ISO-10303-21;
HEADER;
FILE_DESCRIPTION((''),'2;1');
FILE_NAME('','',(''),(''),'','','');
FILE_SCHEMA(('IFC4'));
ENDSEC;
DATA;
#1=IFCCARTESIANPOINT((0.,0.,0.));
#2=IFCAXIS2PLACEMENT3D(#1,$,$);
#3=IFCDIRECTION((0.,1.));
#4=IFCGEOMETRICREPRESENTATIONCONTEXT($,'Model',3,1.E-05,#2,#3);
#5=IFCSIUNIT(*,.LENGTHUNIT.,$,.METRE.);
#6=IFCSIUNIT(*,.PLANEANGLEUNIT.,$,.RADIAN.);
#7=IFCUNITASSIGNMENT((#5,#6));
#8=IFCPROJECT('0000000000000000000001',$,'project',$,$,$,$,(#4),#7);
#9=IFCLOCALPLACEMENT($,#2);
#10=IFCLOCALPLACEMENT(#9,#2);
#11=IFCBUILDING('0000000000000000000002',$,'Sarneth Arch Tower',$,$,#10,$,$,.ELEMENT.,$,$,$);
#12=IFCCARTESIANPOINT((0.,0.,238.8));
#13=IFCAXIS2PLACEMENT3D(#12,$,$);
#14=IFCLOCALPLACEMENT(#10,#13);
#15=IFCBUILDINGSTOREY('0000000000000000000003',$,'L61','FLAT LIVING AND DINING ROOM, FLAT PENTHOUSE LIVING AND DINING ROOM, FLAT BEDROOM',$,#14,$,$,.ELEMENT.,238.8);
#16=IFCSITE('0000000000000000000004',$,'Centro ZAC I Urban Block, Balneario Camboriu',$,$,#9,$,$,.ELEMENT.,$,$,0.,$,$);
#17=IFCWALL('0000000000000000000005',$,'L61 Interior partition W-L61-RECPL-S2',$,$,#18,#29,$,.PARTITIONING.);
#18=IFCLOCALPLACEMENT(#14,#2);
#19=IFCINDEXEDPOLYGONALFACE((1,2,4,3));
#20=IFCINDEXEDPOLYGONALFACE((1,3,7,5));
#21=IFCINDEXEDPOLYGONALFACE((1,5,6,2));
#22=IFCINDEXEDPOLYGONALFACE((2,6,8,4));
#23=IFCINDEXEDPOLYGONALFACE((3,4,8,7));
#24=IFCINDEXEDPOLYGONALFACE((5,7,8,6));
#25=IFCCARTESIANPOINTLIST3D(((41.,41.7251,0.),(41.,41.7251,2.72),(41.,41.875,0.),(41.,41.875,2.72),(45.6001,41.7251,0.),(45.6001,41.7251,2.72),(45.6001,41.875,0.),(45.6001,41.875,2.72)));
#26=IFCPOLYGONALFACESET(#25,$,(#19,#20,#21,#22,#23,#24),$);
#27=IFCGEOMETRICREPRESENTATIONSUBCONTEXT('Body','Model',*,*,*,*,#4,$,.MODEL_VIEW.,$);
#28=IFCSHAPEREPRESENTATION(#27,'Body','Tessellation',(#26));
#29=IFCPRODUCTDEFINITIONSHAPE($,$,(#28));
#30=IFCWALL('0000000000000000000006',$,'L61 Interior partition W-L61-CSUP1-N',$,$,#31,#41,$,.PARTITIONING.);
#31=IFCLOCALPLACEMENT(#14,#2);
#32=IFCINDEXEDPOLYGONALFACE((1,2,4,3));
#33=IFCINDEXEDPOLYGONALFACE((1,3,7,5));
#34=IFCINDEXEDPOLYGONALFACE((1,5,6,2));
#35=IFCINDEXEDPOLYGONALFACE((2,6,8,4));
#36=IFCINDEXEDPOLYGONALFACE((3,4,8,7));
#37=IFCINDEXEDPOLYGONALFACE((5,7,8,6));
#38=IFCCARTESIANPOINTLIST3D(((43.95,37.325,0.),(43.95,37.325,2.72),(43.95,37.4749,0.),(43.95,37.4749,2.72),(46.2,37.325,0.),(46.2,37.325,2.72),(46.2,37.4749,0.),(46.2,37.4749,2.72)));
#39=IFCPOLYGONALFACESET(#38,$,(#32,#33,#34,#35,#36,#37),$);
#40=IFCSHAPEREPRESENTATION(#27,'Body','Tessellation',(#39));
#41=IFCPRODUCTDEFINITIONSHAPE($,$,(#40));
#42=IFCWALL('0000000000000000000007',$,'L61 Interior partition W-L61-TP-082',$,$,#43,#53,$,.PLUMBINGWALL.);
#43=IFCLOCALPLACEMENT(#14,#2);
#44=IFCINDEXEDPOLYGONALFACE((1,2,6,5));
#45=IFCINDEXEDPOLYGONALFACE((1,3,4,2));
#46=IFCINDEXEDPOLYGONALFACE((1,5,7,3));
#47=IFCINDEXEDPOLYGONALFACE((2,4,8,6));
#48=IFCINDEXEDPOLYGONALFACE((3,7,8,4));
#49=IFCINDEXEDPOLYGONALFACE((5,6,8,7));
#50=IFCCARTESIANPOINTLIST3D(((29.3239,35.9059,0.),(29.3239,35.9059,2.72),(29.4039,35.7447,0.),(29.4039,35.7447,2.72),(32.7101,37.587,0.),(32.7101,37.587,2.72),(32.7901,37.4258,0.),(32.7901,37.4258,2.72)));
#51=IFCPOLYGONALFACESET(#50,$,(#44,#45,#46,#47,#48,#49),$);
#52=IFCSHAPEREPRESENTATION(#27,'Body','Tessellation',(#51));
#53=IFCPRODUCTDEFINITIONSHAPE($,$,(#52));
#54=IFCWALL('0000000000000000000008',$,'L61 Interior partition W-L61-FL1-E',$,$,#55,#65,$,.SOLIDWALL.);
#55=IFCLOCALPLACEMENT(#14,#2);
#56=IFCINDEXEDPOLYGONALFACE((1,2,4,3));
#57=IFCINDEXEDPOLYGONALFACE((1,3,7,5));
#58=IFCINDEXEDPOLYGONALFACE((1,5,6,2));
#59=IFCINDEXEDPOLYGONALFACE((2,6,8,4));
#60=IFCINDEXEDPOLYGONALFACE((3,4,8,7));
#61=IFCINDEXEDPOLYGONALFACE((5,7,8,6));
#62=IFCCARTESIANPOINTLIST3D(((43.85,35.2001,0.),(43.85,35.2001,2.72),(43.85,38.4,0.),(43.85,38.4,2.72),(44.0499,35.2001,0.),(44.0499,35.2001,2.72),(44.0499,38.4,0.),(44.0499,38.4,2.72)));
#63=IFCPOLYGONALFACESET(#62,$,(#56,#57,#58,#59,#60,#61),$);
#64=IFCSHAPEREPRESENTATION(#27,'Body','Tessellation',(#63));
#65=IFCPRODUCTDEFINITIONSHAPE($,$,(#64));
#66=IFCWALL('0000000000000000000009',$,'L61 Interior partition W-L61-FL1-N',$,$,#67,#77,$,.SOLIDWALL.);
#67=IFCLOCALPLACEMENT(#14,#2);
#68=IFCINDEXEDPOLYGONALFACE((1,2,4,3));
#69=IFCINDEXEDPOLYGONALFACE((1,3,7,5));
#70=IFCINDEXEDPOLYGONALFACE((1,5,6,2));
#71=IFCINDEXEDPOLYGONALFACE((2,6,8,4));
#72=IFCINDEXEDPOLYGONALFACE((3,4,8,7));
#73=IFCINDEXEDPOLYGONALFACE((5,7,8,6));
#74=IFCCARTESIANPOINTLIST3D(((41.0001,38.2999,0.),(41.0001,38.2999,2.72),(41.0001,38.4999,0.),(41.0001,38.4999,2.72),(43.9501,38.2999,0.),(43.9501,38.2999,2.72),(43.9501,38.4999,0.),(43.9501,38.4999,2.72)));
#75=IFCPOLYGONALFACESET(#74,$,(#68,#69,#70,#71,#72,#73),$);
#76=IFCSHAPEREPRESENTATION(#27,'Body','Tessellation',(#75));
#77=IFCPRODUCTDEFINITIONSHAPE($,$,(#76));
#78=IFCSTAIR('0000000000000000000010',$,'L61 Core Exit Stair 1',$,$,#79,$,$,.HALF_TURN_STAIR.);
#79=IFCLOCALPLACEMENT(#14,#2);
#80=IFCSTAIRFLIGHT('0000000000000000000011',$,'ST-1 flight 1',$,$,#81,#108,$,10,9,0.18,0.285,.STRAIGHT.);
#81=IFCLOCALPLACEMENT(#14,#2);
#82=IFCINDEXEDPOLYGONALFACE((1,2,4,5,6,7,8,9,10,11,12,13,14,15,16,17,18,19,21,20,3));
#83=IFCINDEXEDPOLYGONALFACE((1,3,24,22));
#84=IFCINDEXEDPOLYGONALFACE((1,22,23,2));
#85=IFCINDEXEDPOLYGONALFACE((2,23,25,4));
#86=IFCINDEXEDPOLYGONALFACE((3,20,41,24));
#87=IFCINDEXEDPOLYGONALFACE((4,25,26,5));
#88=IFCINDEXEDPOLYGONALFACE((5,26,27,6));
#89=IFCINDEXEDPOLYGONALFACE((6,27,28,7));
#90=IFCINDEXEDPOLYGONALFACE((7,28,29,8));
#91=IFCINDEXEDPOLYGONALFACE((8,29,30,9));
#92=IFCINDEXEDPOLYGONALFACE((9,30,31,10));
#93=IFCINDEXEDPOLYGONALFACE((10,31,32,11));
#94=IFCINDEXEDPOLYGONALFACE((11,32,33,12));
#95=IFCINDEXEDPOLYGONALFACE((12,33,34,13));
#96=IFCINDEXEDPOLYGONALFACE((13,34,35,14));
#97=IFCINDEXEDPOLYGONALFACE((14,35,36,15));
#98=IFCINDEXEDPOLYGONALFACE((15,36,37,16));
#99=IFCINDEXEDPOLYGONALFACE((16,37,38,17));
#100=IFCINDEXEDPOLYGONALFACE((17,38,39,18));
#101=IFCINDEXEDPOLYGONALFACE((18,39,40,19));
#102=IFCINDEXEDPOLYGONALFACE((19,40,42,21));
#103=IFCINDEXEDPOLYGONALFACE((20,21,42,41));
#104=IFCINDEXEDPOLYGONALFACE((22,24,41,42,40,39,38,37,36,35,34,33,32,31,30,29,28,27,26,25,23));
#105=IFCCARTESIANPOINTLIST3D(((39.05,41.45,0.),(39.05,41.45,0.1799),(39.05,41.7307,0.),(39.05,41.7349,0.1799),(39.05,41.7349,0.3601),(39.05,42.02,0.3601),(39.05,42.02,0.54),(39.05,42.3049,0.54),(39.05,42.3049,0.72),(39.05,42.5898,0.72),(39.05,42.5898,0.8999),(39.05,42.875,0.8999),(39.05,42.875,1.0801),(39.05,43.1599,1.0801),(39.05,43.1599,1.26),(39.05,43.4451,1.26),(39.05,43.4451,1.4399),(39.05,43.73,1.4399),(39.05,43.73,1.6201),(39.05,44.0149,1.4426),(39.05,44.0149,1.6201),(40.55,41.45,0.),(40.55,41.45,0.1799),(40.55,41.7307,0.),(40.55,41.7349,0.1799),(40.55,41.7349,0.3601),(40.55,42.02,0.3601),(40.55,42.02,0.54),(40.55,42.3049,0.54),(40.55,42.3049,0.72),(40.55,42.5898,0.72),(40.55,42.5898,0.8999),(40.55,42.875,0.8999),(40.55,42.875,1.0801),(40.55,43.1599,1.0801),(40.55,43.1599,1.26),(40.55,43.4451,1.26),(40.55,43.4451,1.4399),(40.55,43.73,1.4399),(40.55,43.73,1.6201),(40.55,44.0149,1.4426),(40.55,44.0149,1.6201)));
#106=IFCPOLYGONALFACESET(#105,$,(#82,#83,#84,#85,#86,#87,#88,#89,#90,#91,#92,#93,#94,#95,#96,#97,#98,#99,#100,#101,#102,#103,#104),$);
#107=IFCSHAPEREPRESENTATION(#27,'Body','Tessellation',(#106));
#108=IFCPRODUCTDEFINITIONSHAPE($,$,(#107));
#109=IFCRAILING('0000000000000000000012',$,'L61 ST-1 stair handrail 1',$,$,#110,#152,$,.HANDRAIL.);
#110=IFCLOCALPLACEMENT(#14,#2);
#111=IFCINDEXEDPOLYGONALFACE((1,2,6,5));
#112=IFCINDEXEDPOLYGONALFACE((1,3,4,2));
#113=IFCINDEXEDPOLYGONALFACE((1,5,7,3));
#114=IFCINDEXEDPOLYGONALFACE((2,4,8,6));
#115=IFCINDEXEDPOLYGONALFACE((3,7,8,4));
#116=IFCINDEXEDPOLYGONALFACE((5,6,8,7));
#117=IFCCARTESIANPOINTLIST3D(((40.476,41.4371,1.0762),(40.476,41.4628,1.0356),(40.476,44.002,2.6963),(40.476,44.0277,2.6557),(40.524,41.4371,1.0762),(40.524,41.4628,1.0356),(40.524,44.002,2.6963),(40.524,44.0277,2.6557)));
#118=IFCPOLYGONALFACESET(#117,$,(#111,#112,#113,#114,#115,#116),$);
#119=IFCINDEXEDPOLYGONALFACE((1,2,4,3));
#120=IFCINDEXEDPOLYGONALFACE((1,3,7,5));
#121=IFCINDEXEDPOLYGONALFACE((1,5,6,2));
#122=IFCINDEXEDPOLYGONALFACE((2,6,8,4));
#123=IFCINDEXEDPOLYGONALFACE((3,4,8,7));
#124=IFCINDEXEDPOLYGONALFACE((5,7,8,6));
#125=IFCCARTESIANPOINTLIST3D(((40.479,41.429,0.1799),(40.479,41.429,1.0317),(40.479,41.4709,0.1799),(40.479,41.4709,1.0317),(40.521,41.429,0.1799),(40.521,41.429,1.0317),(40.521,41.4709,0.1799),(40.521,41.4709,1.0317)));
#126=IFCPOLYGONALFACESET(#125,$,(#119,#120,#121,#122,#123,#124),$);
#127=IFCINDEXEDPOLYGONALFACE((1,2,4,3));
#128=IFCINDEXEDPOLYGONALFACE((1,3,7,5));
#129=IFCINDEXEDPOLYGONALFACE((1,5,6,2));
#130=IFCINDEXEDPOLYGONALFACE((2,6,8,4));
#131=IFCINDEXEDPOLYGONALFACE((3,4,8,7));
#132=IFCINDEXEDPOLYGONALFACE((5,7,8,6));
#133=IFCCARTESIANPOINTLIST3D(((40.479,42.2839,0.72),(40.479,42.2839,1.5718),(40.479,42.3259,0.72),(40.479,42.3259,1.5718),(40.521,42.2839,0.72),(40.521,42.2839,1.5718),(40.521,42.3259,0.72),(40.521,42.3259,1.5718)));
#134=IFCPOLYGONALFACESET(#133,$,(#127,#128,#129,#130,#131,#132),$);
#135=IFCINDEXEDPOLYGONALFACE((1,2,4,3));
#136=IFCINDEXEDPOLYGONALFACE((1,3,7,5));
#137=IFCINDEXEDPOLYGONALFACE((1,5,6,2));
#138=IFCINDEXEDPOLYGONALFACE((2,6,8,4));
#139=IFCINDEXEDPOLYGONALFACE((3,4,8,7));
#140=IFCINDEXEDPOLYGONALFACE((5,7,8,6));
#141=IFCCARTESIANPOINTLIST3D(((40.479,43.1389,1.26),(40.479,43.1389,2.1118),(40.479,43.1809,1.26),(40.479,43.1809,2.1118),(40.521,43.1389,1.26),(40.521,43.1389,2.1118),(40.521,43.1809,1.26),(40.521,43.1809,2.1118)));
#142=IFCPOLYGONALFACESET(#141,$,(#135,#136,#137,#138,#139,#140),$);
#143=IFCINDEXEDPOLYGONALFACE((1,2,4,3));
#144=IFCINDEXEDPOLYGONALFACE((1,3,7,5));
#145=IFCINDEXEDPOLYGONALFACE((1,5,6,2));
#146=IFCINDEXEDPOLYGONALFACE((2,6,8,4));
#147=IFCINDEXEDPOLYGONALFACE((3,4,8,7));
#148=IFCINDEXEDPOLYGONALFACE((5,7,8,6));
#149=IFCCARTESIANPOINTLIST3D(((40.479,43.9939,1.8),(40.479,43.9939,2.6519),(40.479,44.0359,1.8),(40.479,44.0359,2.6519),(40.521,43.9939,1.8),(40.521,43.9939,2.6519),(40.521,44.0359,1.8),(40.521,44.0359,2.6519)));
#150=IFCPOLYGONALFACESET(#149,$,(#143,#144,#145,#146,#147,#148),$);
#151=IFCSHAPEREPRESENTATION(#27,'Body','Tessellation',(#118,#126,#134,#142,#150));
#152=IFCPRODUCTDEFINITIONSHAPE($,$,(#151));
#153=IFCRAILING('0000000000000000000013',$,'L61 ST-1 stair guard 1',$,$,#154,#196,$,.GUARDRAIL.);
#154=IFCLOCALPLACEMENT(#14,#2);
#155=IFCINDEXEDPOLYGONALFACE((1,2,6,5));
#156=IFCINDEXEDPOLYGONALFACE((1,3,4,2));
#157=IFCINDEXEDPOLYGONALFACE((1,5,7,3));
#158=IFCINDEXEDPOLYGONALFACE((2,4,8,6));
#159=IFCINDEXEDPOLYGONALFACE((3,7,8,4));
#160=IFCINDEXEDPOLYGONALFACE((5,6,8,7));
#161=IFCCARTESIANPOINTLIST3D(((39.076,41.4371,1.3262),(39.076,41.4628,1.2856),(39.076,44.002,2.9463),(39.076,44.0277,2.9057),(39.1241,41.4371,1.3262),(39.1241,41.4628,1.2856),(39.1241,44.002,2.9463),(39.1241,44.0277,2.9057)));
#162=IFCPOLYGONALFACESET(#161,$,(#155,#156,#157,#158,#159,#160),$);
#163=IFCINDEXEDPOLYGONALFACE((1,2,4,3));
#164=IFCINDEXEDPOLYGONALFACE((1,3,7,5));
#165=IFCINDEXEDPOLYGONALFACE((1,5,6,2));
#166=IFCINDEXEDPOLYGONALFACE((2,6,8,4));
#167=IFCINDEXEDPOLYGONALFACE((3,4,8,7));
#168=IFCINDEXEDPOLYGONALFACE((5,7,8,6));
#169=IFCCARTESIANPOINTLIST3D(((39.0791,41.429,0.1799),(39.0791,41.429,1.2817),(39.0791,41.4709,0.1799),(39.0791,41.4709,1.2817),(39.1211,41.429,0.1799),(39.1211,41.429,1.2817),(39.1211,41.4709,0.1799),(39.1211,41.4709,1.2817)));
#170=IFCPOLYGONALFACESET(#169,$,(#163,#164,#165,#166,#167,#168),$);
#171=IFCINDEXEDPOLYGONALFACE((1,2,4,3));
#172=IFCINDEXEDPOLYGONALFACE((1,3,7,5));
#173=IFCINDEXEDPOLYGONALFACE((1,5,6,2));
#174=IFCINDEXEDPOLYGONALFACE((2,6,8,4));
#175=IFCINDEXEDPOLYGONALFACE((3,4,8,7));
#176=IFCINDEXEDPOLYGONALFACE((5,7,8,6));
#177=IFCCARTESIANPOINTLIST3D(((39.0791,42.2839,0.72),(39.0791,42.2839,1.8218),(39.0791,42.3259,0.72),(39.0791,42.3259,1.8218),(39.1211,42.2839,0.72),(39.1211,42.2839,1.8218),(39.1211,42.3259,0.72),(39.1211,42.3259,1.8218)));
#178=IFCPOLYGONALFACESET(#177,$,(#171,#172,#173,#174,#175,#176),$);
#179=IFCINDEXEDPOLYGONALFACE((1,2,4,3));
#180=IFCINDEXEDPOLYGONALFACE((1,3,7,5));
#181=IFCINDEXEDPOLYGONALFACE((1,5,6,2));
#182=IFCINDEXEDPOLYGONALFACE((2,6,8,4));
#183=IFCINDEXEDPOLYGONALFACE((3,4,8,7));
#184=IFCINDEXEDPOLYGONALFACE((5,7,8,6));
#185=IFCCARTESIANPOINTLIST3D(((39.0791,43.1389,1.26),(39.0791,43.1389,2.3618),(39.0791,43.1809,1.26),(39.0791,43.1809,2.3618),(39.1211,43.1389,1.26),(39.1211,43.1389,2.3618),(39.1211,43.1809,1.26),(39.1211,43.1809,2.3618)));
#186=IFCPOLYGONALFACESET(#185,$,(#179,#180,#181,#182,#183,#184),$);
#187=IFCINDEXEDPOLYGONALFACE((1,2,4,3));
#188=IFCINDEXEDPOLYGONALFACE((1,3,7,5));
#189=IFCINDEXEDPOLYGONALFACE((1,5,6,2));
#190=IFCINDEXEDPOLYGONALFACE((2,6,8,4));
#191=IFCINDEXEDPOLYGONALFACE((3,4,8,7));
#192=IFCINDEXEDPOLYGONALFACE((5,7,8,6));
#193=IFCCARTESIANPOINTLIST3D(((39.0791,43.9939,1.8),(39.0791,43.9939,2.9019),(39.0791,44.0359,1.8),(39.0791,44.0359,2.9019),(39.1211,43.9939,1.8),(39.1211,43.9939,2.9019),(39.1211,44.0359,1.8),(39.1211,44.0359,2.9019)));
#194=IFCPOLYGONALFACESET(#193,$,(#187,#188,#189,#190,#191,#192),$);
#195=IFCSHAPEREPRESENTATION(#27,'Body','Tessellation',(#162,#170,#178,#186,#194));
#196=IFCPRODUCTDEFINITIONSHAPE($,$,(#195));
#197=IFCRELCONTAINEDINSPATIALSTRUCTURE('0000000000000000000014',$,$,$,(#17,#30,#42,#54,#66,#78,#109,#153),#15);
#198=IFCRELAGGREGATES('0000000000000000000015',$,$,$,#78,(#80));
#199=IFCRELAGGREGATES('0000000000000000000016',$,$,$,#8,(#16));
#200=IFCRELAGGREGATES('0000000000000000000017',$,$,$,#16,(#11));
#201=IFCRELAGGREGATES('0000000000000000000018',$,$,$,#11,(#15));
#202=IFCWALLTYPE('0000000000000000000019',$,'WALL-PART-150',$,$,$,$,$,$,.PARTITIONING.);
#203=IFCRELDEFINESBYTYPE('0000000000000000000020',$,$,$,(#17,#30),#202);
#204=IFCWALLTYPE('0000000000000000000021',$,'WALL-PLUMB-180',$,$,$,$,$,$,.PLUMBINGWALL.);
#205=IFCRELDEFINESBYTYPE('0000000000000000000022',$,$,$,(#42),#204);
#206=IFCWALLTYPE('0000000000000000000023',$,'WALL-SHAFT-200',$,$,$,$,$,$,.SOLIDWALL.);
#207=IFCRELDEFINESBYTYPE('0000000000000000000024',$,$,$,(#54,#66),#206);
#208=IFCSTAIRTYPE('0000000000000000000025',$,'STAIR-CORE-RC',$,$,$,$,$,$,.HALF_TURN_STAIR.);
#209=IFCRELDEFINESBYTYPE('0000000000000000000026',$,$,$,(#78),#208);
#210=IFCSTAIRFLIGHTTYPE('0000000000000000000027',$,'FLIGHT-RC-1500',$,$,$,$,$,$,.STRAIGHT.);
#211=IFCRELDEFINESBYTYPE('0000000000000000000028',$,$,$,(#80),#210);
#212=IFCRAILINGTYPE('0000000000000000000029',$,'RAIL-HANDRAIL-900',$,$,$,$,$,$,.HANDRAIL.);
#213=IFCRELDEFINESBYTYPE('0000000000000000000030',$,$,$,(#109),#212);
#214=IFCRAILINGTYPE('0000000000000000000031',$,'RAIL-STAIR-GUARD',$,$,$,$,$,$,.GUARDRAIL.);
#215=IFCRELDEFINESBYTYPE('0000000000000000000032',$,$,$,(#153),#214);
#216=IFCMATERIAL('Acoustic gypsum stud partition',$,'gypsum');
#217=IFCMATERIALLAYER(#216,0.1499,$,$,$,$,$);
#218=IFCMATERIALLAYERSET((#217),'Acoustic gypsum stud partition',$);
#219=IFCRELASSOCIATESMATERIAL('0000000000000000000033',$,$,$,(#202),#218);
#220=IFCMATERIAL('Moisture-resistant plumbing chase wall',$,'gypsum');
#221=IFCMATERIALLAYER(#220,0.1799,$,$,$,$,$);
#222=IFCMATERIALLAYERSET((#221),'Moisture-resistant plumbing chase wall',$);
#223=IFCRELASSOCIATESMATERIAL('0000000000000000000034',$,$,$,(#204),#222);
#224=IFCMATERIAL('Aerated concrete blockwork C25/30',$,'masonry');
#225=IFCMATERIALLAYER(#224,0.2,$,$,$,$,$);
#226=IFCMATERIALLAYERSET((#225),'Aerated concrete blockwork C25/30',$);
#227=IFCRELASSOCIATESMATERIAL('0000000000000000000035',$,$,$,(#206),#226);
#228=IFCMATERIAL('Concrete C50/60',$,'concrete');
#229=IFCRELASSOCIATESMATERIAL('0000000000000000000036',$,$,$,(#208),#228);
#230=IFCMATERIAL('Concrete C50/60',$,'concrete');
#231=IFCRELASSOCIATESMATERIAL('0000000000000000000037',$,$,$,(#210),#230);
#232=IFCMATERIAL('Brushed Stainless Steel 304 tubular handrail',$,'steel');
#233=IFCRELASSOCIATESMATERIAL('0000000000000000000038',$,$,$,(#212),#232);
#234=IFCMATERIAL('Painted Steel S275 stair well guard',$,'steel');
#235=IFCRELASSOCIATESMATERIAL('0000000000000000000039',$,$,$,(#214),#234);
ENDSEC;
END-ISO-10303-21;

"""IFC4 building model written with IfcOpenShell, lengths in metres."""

from ifc_helpers import new_model, si_unit, direction, frame, frame_2d, origin, origin_2d, place, context, subcontext, project, spatial, polyline, rectangle, outline, extrude, material, layer, layer_set, type_object, element, aggregate, save


model = new_model("IFC4")

# Units and contexts
model_context = context("Model", 3, precision=1e-05, world=origin(), true_north=direction((0.0, 1.0)))
body_context = subcontext(model_context, "Body", "Model", "MODEL_VIEW")
ifc_project = project(units=[si_unit("LENGTHUNIT", "METRE"), si_unit("PLANEANGLEUNIT", "RADIAN")], contexts=[model_context])

# Site, building, storey
site_placement = place(None, origin())
site = spatial("IfcSite", under=ifc_project, at=site_placement, Name="Centro ZAC I Urban Block, Balneario Camboriu", CompositionType="ELEMENT", RefElevation=0.0)
building_placement = place(site_placement, origin())
building = spatial("IfcBuilding", under=site, at=building_placement, Name="Sarneth Arch Tower", CompositionType="ELEMENT")
storey_placement = place(building_placement, frame((0.0, 0.0, 238.8)))
storey = spatial("IfcBuildingStorey", under=building, at=storey_placement, Name="L61", Description="FLAT LIVING AND DINING ROOM, FLAT PENTHOUSE LIVING AND DINING ROOM, FLAT BEDROOM", CompositionType="ELEMENT", Elevation=238.8)

# Shared definitions
ifc_material_1 = material(Name="Acoustic gypsum stud partition", Category="gypsum")
ifc_layer_1 = layer(ifc_material_1, 0.1499)
ifc_layer_set_1 = layer_set([ifc_layer_1], Name="Acoustic gypsum stud partition")
wall_type_1 = type_object("IfcWallType", Name="WALL-PART-150", PredefinedType="PARTITIONING", material=ifc_layer_set_1)

# Walls
wall_1_placement = place(storey_placement, frame((41.0, 41.8, 0.0), z_axis=(0.0, 0.0, 1.0), x_axis=(1.0, 0.0, 0.0)))
element("IfcWall", 1, at=wall_1_placement, inside=storey, type_object=wall_type_1, Name="L61 Interior partition W-L61-RECPL-S2", PredefinedType="PARTITIONING", context=body_context, shape_type="SweptSolid", body=[
    extrude(rectangle(XDim=4.6001, YDim=0.1499, at=frame_2d((2.3, 0.0))), origin(), (0.0, 0.0, 1.0), 2.72),
])
wall_2_placement = place(storey_placement, frame((43.95, 37.3999, 0.0), z_axis=(0.0, 0.0, 1.0), x_axis=(1.0, 0.0, 0.0)))
element("IfcWall", 2, at=wall_2_placement, inside=storey, type_object=wall_type_1, Name="L61 Interior partition W-L61-CSUP1-N", PredefinedType="PARTITIONING", context=body_context, shape_type="SweptSolid", body=[
    extrude(rectangle(XDim=2.25, YDim=0.1499, at=frame_2d((1.125, 0.0))), origin(), (0.0, 0.0, 1.0), 2.72),
])

# Wall
ifc_material_2 = material(Name="Moisture-resistant plumbing chase wall", Category="gypsum")
ifc_layer_2 = layer(ifc_material_2, 0.1799)
ifc_layer_set_2 = layer_set([ifc_layer_2], Name="Moisture-resistant plumbing chase wall")
wall_type_2 = type_object("IfcWallType", Name="WALL-PLUMB-180", PredefinedType="PLUMBINGWALL", material=ifc_layer_set_2)
wall_3_placement = place(storey_placement, frame((32.75, 37.5063, 0.0), z_axis=(0.0, 0.0, 1.0), x_axis=(-0.895689, -0.44468, 0.0)))
element("IfcWall", 3, at=wall_3_placement, inside=storey, type_object=wall_type_2, Name="L61 Interior partition W-L61-TP-082", PredefinedType="PLUMBINGWALL", context=body_context, shape_type="SweptSolid", body=[
    extrude(rectangle(XDim=3.7805, YDim=0.1799, at=frame_2d((1.8901, 0.0))), origin(), (0.0, 0.0, 1.0), 2.72),
])

# Shared definitions
ifc_material_3 = material(Name="Aerated concrete blockwork C25/30", Category="masonry")
ifc_layer_3 = layer(ifc_material_3, 0.2)
ifc_layer_set_3 = layer_set([ifc_layer_3], Name="Aerated concrete blockwork C25/30")
wall_type_3 = type_object("IfcWallType", Name="WALL-SHAFT-200", PredefinedType="SOLIDWALL", material=ifc_layer_set_3)

# Walls
wall_4_placement = place(storey_placement, frame((43.95, 35.2, 0.0), z_axis=(0.0, 0.0, 1.0), x_axis=(0.0, 1.0, 0.0)))
element("IfcWall", 4, at=wall_4_placement, inside=storey, type_object=wall_type_3, Name="L61 Interior partition W-L61-FL1-E", PredefinedType="SOLIDWALL", context=body_context, shape_type="SweptSolid", body=[
    extrude(rectangle(XDim=3.2, YDim=0.2, at=frame_2d((1.6001, 0.0))), origin(), (0.0, 0.0, 1.0), 2.72),
])
wall_5_placement = place(storey_placement, frame((41.0, 38.3999, 0.0), z_axis=(0.0, 0.0, 1.0), x_axis=(1.0, 0.0, 0.0)))
element("IfcWall", 5, at=wall_5_placement, inside=storey, type_object=wall_type_3, Name="L61 Interior partition W-L61-FL1-N", PredefinedType="SOLIDWALL", context=body_context, shape_type="SweptSolid", body=[
    extrude(rectangle(XDim=2.95, YDim=0.2, at=frame_2d((1.4751, 0.0))), origin(), (0.0, 0.0, 1.0), 2.72),
])

# Stair, stair flight
ifc_material_4 = material(Name="Concrete C50/60", Category="concrete")
stair_type = type_object("IfcStairType", Name="STAIR-CORE-RC", PredefinedType="HALF_TURN_STAIR", material=ifc_material_4)
stair_placement = place(storey_placement, origin())
stair = element("IfcStair", 6, at=stair_placement, inside=storey, type_object=stair_type, Name="L61 Core Exit Stair 1", PredefinedType="HALF_TURN_STAIR")
ifc_material_5 = material(Name="Concrete C50/60", Category="concrete")
stair_flight_type = type_object("IfcStairFlightType", Name="FLIGHT-RC-1500", PredefinedType="STRAIGHT", material=ifc_material_5)
stair_flight_placement = place(storey_placement, frame((39.8, 41.45, 0.0), z_axis=(0.0, 0.0, 1.0), x_axis=(0.0, 1.0, 0.0)))
stair_flight = element("IfcStairFlight", 7, at=stair_flight_placement, type_object=stair_flight_type, Name="ST-1 flight 1", NumberOfRisers=10, NumberOfTreads=9, PredefinedType="STRAIGHT", RiserHeight=0.18, TreadLength=0.285, context=body_context, shape_type="SweptSolid", body=[
    extrude(outline(polyline([(0.0, 0.0), (0.0, 0.1799), (0.2849, 0.1799), (0.2849, 0.3601), (0.5701, 0.3601), (0.5701, 0.54), (0.855, 0.54), (0.855, 0.72), (1.1399, 0.72), (1.1399, 0.8999), (1.425, 0.8999), (1.425, 1.0801), (1.71, 1.0801), (1.71, 1.26), (1.9951, 1.26), (1.9951, 1.4399), (2.28, 1.4399), (2.28, 1.6201), (2.5649, 1.6201), (2.5649, 1.8), (2.5649, 1.4426), (0.2808, 0.0), (0.0, 0.0)])), frame((0.0, 0.75, 0.0), z_axis=(0.0, -1.0, 0.0), x_axis=(1.0, 0.0, 0.0)), (0.0, 0.0, 1.0), 1.5),
])
aggregate(stair, [stair_flight])

# Railings
ifc_material_6 = material(Name="Brushed Stainless Steel 304 tubular handrail", Category="steel")
railing_type_1 = type_object("IfcRailingType", Name="RAIL-HANDRAIL-900", PredefinedType="HANDRAIL", material=ifc_material_6)
railing_1_placement = place(storey_placement, frame((40.5, 41.45, 0.1799)))
element("IfcRailing", 8, at=railing_1_placement, inside=storey, type_object=railing_type_1, Name="L61 ST-1 stair handrail 1", PredefinedType="HANDRAIL", context=body_context, shape_type="SweptSolid", body=[
    extrude(rectangle(XDim=0.0481, YDim=0.0481, at=origin_2d()), frame((0.0, 0.0, 0.876), z_axis=(0.0, 0.845466, 0.534029), x_axis=(-1.0, 0.0, 0.0)), (0.0, 0.0, 1.0), 3.0337),
    extrude(rectangle(XDim=0.042, YDim=0.042, at=origin_2d()), origin(), (0.0, 0.0, 1.0), 0.8518),
    extrude(rectangle(XDim=0.042, YDim=0.042, at=origin_2d()), frame((0.0, 0.855, 0.54)), (0.0, 0.0, 1.0), 0.8518),
    extrude(rectangle(XDim=0.042, YDim=0.042, at=origin_2d()), frame((0.0, 1.71, 1.0801)), (0.0, 0.0, 1.0), 0.8518),
    extrude(rectangle(XDim=0.042, YDim=0.042, at=origin_2d()), frame((0.0, 2.5649, 1.6201)), (0.0, 0.0, 1.0), 0.8518),
])
ifc_material_7 = material(Name="Painted Steel S275 stair well guard", Category="steel")
railing_type_2 = type_object("IfcRailingType", Name="RAIL-STAIR-GUARD", PredefinedType="GUARDRAIL", material=ifc_material_7)
railing_2_placement = place(storey_placement, frame((39.1001, 41.45, 0.1799)))
element("IfcRailing", 9, at=railing_2_placement, inside=storey, type_object=railing_type_2, Name="L61 ST-1 stair guard 1", PredefinedType="GUARDRAIL", context=body_context, shape_type="SweptSolid", body=[
    extrude(rectangle(XDim=0.0481, YDim=0.0481, at=origin_2d()), frame((0.0, 0.0, 1.126), z_axis=(0.0, 0.845466, 0.534029), x_axis=(-1.0, 0.0, 0.0)), (0.0, 0.0, 1.0), 3.0337),
    extrude(rectangle(XDim=0.042, YDim=0.042, at=origin_2d()), origin(), (0.0, 0.0, 1.0), 1.1018),
    extrude(rectangle(XDim=0.042, YDim=0.042, at=origin_2d()), frame((0.0, 0.855, 0.54)), (0.0, 0.0, 1.0), 1.1018),
    extrude(rectangle(XDim=0.042, YDim=0.042, at=origin_2d()), frame((0.0, 1.71, 1.0801)), (0.0, 0.0, 1.0), 1.1018),
    extrude(rectangle(XDim=0.042, YDim=0.042, at=origin_2d()), frame((0.0, 2.5649, 1.6201)), (0.0, 0.0, 1.0), 1.1018),
])

save(model, "model.ifc")
